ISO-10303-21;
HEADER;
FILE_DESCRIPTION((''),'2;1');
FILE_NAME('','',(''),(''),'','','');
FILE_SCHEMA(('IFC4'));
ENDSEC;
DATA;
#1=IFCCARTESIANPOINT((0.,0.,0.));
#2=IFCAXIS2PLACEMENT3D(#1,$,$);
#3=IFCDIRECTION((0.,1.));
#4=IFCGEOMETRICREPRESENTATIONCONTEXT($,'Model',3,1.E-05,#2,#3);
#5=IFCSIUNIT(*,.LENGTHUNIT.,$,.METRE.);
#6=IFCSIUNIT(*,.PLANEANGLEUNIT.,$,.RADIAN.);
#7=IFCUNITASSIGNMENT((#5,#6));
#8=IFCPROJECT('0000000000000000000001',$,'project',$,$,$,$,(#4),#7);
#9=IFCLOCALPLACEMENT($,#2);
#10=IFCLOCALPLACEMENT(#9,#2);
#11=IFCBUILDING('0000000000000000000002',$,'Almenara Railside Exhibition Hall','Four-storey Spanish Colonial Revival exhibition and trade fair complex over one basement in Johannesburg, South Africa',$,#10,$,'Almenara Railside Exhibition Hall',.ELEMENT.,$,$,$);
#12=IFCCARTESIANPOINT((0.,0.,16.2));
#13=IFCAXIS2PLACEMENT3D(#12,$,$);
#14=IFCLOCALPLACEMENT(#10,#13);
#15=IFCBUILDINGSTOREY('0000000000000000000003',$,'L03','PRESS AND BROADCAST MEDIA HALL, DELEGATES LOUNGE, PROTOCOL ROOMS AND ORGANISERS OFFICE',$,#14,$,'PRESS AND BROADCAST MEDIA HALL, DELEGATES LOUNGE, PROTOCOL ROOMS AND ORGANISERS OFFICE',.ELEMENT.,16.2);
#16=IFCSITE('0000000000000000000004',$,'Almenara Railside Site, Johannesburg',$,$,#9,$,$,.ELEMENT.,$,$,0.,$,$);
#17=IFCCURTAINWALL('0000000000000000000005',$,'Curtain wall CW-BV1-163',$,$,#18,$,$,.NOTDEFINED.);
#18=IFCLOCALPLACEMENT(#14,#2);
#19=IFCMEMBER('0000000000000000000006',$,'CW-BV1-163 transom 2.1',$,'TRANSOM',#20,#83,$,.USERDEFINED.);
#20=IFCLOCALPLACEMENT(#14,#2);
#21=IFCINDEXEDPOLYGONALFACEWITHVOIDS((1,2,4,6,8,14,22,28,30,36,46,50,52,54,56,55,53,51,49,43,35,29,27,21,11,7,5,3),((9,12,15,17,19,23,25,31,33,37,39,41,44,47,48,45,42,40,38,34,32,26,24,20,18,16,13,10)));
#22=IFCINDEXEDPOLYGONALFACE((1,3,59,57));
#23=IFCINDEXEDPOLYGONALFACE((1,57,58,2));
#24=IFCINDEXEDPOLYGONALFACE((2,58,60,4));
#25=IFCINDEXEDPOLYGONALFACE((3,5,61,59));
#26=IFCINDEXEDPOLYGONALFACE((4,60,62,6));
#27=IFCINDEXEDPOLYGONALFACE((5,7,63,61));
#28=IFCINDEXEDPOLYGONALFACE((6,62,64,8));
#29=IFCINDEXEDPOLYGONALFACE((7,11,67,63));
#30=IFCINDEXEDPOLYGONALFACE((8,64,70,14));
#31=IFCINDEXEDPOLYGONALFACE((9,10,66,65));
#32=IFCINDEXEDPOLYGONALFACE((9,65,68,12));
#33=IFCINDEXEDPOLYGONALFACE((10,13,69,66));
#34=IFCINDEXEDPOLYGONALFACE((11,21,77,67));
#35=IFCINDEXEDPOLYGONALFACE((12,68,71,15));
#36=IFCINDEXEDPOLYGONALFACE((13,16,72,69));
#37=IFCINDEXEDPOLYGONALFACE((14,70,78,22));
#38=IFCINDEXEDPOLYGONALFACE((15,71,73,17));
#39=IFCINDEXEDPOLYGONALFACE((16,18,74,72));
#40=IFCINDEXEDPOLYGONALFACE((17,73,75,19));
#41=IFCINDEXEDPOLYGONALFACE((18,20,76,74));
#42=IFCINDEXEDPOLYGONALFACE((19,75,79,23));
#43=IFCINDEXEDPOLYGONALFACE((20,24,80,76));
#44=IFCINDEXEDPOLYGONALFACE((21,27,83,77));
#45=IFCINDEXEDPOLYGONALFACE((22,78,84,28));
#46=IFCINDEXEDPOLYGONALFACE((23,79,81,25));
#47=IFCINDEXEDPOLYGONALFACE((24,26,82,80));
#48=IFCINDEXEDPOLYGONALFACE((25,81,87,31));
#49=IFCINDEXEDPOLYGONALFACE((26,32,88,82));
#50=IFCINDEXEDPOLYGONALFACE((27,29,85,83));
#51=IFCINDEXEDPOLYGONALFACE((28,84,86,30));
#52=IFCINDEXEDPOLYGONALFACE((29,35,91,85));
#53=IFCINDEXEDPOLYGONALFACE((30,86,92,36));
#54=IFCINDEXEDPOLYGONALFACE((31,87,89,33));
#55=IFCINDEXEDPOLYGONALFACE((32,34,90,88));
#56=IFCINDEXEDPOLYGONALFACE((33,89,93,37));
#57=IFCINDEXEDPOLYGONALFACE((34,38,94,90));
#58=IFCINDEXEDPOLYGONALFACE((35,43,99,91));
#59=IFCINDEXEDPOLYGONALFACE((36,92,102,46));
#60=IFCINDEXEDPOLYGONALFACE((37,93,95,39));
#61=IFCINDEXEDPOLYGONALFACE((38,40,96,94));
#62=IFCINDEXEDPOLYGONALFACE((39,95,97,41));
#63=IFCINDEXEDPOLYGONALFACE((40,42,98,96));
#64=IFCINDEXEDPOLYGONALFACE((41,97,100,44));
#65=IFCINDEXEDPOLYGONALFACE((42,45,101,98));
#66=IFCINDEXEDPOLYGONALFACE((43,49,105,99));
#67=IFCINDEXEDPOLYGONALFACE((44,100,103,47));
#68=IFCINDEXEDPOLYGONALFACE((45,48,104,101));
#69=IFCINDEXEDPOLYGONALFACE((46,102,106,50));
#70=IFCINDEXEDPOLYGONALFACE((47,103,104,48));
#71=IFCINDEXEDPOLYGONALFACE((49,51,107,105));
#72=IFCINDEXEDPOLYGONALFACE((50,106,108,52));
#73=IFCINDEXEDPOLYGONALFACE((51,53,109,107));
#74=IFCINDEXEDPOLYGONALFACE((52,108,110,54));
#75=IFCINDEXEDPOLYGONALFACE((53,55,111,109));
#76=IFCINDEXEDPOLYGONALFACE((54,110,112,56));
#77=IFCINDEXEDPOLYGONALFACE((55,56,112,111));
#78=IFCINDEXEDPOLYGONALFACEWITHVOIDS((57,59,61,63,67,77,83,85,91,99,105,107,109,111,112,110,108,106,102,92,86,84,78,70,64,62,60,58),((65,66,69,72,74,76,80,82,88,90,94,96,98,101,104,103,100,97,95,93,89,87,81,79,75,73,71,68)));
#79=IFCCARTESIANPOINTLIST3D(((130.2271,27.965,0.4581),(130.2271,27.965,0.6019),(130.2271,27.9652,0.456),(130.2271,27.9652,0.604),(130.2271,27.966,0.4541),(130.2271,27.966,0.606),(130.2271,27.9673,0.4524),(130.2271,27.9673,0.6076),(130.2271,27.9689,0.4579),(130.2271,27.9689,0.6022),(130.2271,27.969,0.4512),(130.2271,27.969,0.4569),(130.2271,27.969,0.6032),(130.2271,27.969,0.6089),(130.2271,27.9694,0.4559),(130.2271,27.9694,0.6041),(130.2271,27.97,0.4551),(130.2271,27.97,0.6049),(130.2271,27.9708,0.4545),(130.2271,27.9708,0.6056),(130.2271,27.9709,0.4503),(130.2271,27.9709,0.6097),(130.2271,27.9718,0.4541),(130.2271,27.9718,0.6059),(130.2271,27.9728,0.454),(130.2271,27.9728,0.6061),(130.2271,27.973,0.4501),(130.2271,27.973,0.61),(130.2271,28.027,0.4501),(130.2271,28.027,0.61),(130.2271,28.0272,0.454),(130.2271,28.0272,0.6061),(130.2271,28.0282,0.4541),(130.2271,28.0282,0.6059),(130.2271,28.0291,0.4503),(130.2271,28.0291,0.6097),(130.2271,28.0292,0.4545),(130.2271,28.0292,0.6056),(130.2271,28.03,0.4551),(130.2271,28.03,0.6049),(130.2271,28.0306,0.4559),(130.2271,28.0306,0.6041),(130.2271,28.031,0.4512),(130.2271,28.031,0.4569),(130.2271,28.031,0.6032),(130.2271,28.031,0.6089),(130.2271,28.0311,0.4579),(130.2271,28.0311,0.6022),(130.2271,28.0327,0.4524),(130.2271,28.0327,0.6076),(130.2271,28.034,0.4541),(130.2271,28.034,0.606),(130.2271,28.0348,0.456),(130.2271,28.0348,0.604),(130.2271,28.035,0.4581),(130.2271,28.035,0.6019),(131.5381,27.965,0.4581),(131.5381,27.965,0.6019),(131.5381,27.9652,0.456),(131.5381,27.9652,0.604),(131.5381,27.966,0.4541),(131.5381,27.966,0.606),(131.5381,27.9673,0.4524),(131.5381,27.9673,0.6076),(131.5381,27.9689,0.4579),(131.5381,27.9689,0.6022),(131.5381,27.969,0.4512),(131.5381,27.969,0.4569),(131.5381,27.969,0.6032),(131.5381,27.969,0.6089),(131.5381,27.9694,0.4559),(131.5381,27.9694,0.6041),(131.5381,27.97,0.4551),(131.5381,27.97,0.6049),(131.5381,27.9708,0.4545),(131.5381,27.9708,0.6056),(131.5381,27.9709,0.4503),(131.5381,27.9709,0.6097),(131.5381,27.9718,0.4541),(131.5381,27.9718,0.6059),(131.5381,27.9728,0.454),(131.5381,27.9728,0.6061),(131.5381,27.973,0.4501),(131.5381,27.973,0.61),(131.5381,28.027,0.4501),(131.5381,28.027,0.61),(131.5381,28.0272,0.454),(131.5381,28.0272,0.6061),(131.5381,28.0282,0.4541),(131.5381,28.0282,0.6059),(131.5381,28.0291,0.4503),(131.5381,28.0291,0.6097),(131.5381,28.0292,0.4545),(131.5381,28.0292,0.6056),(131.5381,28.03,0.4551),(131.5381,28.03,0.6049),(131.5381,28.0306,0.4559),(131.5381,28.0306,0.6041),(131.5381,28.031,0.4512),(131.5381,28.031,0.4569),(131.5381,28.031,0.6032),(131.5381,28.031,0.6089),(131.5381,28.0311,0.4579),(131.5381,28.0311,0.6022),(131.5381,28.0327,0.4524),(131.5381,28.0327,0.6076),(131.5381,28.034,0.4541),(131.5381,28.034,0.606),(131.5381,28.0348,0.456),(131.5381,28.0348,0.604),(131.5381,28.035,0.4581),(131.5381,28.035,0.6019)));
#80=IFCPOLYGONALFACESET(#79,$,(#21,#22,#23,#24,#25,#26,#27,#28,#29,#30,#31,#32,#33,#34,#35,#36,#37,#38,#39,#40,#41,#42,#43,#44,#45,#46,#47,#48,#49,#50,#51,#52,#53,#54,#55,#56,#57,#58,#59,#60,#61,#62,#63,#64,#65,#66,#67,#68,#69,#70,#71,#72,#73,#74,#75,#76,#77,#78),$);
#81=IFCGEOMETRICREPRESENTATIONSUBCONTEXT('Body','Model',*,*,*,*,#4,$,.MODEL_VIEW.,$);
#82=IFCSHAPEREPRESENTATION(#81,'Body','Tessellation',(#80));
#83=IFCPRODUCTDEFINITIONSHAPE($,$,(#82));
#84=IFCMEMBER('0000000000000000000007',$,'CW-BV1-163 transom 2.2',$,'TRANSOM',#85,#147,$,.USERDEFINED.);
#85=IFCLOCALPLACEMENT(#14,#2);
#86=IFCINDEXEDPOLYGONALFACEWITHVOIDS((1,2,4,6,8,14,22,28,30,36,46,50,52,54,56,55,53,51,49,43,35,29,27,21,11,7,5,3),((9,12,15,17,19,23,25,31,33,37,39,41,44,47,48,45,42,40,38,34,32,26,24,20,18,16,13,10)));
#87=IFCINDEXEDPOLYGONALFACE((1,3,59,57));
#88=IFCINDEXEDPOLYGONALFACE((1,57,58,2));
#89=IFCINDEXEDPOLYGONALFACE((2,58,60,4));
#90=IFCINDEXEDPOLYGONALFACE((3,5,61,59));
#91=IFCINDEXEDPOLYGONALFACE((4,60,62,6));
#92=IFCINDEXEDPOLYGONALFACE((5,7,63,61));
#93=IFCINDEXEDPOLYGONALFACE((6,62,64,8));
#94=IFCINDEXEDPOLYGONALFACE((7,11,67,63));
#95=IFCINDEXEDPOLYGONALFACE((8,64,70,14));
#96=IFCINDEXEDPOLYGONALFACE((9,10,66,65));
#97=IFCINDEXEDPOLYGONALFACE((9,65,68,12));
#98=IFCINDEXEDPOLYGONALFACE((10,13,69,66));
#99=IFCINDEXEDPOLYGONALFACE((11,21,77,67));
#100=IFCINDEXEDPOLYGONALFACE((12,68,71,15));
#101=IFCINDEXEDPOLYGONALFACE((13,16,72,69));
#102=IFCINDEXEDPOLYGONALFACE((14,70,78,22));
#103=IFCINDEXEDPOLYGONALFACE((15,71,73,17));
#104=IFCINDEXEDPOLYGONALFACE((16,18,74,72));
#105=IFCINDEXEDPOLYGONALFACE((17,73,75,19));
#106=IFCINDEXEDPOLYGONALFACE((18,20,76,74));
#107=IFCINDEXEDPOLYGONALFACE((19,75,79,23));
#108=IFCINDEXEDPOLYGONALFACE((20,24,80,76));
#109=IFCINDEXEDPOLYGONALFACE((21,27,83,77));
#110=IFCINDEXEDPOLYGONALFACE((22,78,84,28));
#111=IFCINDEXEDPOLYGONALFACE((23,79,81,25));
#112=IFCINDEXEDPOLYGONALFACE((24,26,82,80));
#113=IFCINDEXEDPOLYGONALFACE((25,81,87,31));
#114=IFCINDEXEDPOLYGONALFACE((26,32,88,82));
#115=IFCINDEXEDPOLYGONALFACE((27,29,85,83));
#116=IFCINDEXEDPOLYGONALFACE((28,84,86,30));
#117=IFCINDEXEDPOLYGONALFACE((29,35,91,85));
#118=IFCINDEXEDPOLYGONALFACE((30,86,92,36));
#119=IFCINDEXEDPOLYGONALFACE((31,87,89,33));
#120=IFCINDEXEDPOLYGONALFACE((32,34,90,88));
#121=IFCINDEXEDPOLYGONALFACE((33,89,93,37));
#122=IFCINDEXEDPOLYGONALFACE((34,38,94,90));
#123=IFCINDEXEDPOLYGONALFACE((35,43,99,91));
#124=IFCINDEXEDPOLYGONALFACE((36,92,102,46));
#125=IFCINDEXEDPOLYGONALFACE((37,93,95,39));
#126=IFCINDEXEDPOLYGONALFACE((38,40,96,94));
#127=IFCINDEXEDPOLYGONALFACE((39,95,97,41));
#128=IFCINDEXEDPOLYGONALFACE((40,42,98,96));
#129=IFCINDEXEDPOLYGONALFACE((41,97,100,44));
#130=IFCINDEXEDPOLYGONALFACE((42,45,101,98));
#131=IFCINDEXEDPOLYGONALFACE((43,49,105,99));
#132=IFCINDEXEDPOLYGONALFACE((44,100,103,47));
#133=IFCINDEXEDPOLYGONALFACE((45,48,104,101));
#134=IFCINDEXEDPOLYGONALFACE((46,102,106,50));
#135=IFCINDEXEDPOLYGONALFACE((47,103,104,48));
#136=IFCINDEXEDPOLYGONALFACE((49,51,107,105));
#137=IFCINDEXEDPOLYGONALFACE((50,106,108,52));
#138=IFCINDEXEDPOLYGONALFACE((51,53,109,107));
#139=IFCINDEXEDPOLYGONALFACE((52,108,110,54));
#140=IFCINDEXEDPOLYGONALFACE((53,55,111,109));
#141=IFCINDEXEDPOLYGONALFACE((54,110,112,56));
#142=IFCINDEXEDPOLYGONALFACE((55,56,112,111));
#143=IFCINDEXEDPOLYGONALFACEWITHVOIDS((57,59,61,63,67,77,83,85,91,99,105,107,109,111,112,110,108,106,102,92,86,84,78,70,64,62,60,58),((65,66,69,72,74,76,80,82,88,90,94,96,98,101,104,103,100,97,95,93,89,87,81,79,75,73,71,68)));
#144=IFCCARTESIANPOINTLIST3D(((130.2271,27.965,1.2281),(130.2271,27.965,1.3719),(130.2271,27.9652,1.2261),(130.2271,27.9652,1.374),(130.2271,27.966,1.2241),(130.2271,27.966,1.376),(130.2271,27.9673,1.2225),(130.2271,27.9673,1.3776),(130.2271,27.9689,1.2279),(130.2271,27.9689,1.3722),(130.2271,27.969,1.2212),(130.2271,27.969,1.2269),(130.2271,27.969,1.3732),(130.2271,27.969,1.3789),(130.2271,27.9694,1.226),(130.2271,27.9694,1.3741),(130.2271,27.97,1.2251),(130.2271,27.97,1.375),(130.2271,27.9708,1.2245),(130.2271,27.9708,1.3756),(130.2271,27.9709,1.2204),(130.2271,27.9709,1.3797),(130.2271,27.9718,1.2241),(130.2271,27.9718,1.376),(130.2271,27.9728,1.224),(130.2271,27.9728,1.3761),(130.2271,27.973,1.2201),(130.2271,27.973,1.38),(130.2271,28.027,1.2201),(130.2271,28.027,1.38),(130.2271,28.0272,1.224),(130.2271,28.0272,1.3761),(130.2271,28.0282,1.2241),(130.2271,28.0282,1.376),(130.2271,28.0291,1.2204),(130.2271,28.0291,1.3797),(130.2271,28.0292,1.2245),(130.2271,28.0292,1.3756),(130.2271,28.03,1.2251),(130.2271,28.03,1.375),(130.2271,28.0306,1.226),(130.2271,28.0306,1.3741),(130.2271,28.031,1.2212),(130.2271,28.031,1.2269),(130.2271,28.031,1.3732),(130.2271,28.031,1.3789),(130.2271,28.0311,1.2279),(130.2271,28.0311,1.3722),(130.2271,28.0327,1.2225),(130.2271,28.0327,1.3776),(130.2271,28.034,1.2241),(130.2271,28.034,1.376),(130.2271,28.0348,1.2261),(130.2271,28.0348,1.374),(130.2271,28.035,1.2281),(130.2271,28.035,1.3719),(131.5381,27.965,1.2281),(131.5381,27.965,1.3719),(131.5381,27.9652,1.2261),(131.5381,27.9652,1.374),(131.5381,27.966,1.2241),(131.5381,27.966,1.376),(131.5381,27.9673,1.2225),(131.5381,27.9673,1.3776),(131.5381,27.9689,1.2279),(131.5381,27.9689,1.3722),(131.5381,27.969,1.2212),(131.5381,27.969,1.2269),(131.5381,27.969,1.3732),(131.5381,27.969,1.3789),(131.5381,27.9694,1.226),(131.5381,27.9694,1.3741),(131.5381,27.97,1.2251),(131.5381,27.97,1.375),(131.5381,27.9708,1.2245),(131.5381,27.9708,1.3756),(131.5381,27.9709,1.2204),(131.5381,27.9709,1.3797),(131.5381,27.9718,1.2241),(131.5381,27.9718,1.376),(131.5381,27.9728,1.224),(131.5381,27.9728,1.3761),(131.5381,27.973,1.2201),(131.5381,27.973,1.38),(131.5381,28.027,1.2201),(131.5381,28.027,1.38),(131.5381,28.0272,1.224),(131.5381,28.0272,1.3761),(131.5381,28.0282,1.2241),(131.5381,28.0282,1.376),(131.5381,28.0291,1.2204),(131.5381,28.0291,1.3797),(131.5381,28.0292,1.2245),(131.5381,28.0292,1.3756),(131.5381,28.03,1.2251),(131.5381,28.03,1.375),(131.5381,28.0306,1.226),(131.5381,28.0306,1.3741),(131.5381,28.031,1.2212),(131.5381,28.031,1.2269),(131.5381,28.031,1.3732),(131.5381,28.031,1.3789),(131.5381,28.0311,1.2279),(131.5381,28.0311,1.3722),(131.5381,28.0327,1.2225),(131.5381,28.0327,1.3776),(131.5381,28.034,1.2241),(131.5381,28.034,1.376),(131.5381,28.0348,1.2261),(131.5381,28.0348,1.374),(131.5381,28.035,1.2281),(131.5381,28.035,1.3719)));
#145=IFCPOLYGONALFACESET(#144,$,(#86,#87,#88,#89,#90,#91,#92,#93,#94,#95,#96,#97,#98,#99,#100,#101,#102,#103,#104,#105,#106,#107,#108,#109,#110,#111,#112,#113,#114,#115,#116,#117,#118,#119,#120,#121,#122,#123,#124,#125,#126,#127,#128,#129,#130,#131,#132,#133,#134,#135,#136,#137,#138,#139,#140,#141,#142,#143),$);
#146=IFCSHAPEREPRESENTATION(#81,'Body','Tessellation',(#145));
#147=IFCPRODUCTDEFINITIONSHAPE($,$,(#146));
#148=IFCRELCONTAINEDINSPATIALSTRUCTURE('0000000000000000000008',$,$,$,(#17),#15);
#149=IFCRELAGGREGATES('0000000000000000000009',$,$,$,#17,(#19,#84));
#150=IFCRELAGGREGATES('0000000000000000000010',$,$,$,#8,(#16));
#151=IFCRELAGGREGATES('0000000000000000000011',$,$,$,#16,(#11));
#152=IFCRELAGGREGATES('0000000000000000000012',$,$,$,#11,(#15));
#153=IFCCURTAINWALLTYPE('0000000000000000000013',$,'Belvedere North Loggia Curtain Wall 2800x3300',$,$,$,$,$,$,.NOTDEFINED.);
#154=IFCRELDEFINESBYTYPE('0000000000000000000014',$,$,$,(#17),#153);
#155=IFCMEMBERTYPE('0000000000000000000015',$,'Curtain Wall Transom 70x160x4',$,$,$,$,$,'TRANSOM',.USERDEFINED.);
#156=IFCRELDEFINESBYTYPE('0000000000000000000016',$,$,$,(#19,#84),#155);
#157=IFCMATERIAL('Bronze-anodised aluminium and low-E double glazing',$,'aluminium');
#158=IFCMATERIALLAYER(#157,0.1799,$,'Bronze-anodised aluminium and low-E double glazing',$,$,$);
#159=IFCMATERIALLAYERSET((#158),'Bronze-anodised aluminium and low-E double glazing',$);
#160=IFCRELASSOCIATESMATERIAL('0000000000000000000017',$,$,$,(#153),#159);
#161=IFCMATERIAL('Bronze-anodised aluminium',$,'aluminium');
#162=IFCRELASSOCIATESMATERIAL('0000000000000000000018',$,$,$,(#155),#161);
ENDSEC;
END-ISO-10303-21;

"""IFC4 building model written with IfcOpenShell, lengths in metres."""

from ifc_helpers import new_model, si_unit, direction, frame, origin, origin_2d, place, context, subcontext, project, spatial, hollow_rectangle, extrude, material, layer, layer_set, material_profile, profile_set, type_object, element, aggregate, save


model = new_model("IFC4")

# Units and contexts
model_context = context("Model", 3, precision=1e-05, world=origin(), true_north=direction((0.0, 1.0)))
body_context = subcontext(model_context, "Body", "Model", "MODEL_VIEW")
ifc_project = project(units=[si_unit("LENGTHUNIT", "METRE"), si_unit("PLANEANGLEUNIT", "RADIAN")], contexts=[model_context])

# Site, building, storey
site_placement = place(None, origin())
site = spatial("IfcSite", under=ifc_project, at=site_placement, Name="Almenara Railside Site, Johannesburg", CompositionType="ELEMENT", RefElevation=0.0)
building_placement = place(site_placement, origin())
building = spatial("IfcBuilding", under=site, at=building_placement, Name="Almenara Railside Exhibition Hall", Description="Four-storey Spanish Colonial Revival exhibition and trade fair complex over one basement in Johannesburg, South Africa", LongName="Almenara Railside Exhibition Hall", CompositionType="ELEMENT")
storey_placement = place(building_placement, frame((0.0, 0.0, 16.2)))
storey = spatial("IfcBuildingStorey", under=building, at=storey_placement, Name="L03", Description="PRESS AND BROADCAST MEDIA HALL, DELEGATES LOUNGE, PROTOCOL ROOMS AND ORGANISERS OFFICE", LongName="PRESS AND BROADCAST MEDIA HALL, DELEGATES LOUNGE, PROTOCOL ROOMS AND ORGANISERS OFFICE", CompositionType="ELEMENT", Elevation=16.2)

# Curtain wall, members
ifc_material_1 = material(Name="Bronze-anodised aluminium and low-E double glazing", Category="aluminium")
ifc_layer_1 = layer(ifc_material_1, 0.1799, Name="Bronze-anodised aluminium and low-E double glazing")
ifc_layer_set_1 = layer_set([ifc_layer_1], Name="Bronze-anodised aluminium and low-E double glazing")
curtain_wall_type = type_object("IfcCurtainWallType", Name="Belvedere North Loggia Curtain Wall 2800x3300", PredefinedType="NOTDEFINED", material=ifc_layer_set_1)
curtain_wall_placement = place(storey_placement, origin())
curtain_wall = element("IfcCurtainWall", 1, at=curtain_wall_placement, inside=storey, type_object=curtain_wall_type, Name="Curtain wall CW-BV1-163", PredefinedType="NOTDEFINED")
ifc_material_2 = material(Name="Bronze-anodised aluminium", Category="aluminium")
ifc_material_profile_1 = material_profile(ifc_material_2, hollow_rectangle(XDim=0.0701, YDim=0.1599, WallThickness=0.0039, InnerFilletRadius=0.0039, OuterFilletRadius=0.0081, at=origin_2d()), Name="ALU-TRN 70x160x4")
ifc_profile_set_1 = profile_set([ifc_material_profile_1], Name="Bronze-anodised aluminium")
member_type_1 = type_object("IfcMemberType", Name="Curtain Wall Transom 70x160x4", ElementType="TRANSOM", PredefinedType="USERDEFINED", material=ifc_profile_set_1)
member_1_placement = place(storey_placement, frame((130.2271, 28.0, 0.53), z_axis=(1.0, 0.0, 0.0), x_axis=(0.0, 1.0, 0.0)))
member_1 = element("IfcMember", 2, at=member_1_placement, type_object=member_type_1, Name="CW-BV1-163 transom 2.1", ObjectType="TRANSOM", PredefinedType="USERDEFINED", context=body_context, shape_type="SweptSolid", body=[
    extrude(hollow_rectangle(XDim=0.0701, YDim=0.1599, WallThickness=0.0039, InnerFilletRadius=0.0039, OuterFilletRadius=0.0081, at=origin_2d()), origin(), (0.0, 0.0, 1.0), 1.311),
])
member_2_placement = place(storey_placement, frame((130.2271, 28.0, 1.3), z_axis=(1.0, 0.0, 0.0), x_axis=(0.0, 1.0, 0.0)))
member_2 = element("IfcMember", 3, at=member_2_placement, type_object=member_type_1, Name="CW-BV1-163 transom 2.2", ObjectType="TRANSOM", PredefinedType="USERDEFINED", context=body_context, shape_type="SweptSolid", body=[
    extrude(hollow_rectangle(XDim=0.0701, YDim=0.1599, WallThickness=0.0039, InnerFilletRadius=0.0039, OuterFilletRadius=0.0081, at=origin_2d()), origin(), (0.0, 0.0, 1.0), 1.311),
])

aggregate(curtain_wall, [member_1, member_2])

save(model, "model.ifc")
